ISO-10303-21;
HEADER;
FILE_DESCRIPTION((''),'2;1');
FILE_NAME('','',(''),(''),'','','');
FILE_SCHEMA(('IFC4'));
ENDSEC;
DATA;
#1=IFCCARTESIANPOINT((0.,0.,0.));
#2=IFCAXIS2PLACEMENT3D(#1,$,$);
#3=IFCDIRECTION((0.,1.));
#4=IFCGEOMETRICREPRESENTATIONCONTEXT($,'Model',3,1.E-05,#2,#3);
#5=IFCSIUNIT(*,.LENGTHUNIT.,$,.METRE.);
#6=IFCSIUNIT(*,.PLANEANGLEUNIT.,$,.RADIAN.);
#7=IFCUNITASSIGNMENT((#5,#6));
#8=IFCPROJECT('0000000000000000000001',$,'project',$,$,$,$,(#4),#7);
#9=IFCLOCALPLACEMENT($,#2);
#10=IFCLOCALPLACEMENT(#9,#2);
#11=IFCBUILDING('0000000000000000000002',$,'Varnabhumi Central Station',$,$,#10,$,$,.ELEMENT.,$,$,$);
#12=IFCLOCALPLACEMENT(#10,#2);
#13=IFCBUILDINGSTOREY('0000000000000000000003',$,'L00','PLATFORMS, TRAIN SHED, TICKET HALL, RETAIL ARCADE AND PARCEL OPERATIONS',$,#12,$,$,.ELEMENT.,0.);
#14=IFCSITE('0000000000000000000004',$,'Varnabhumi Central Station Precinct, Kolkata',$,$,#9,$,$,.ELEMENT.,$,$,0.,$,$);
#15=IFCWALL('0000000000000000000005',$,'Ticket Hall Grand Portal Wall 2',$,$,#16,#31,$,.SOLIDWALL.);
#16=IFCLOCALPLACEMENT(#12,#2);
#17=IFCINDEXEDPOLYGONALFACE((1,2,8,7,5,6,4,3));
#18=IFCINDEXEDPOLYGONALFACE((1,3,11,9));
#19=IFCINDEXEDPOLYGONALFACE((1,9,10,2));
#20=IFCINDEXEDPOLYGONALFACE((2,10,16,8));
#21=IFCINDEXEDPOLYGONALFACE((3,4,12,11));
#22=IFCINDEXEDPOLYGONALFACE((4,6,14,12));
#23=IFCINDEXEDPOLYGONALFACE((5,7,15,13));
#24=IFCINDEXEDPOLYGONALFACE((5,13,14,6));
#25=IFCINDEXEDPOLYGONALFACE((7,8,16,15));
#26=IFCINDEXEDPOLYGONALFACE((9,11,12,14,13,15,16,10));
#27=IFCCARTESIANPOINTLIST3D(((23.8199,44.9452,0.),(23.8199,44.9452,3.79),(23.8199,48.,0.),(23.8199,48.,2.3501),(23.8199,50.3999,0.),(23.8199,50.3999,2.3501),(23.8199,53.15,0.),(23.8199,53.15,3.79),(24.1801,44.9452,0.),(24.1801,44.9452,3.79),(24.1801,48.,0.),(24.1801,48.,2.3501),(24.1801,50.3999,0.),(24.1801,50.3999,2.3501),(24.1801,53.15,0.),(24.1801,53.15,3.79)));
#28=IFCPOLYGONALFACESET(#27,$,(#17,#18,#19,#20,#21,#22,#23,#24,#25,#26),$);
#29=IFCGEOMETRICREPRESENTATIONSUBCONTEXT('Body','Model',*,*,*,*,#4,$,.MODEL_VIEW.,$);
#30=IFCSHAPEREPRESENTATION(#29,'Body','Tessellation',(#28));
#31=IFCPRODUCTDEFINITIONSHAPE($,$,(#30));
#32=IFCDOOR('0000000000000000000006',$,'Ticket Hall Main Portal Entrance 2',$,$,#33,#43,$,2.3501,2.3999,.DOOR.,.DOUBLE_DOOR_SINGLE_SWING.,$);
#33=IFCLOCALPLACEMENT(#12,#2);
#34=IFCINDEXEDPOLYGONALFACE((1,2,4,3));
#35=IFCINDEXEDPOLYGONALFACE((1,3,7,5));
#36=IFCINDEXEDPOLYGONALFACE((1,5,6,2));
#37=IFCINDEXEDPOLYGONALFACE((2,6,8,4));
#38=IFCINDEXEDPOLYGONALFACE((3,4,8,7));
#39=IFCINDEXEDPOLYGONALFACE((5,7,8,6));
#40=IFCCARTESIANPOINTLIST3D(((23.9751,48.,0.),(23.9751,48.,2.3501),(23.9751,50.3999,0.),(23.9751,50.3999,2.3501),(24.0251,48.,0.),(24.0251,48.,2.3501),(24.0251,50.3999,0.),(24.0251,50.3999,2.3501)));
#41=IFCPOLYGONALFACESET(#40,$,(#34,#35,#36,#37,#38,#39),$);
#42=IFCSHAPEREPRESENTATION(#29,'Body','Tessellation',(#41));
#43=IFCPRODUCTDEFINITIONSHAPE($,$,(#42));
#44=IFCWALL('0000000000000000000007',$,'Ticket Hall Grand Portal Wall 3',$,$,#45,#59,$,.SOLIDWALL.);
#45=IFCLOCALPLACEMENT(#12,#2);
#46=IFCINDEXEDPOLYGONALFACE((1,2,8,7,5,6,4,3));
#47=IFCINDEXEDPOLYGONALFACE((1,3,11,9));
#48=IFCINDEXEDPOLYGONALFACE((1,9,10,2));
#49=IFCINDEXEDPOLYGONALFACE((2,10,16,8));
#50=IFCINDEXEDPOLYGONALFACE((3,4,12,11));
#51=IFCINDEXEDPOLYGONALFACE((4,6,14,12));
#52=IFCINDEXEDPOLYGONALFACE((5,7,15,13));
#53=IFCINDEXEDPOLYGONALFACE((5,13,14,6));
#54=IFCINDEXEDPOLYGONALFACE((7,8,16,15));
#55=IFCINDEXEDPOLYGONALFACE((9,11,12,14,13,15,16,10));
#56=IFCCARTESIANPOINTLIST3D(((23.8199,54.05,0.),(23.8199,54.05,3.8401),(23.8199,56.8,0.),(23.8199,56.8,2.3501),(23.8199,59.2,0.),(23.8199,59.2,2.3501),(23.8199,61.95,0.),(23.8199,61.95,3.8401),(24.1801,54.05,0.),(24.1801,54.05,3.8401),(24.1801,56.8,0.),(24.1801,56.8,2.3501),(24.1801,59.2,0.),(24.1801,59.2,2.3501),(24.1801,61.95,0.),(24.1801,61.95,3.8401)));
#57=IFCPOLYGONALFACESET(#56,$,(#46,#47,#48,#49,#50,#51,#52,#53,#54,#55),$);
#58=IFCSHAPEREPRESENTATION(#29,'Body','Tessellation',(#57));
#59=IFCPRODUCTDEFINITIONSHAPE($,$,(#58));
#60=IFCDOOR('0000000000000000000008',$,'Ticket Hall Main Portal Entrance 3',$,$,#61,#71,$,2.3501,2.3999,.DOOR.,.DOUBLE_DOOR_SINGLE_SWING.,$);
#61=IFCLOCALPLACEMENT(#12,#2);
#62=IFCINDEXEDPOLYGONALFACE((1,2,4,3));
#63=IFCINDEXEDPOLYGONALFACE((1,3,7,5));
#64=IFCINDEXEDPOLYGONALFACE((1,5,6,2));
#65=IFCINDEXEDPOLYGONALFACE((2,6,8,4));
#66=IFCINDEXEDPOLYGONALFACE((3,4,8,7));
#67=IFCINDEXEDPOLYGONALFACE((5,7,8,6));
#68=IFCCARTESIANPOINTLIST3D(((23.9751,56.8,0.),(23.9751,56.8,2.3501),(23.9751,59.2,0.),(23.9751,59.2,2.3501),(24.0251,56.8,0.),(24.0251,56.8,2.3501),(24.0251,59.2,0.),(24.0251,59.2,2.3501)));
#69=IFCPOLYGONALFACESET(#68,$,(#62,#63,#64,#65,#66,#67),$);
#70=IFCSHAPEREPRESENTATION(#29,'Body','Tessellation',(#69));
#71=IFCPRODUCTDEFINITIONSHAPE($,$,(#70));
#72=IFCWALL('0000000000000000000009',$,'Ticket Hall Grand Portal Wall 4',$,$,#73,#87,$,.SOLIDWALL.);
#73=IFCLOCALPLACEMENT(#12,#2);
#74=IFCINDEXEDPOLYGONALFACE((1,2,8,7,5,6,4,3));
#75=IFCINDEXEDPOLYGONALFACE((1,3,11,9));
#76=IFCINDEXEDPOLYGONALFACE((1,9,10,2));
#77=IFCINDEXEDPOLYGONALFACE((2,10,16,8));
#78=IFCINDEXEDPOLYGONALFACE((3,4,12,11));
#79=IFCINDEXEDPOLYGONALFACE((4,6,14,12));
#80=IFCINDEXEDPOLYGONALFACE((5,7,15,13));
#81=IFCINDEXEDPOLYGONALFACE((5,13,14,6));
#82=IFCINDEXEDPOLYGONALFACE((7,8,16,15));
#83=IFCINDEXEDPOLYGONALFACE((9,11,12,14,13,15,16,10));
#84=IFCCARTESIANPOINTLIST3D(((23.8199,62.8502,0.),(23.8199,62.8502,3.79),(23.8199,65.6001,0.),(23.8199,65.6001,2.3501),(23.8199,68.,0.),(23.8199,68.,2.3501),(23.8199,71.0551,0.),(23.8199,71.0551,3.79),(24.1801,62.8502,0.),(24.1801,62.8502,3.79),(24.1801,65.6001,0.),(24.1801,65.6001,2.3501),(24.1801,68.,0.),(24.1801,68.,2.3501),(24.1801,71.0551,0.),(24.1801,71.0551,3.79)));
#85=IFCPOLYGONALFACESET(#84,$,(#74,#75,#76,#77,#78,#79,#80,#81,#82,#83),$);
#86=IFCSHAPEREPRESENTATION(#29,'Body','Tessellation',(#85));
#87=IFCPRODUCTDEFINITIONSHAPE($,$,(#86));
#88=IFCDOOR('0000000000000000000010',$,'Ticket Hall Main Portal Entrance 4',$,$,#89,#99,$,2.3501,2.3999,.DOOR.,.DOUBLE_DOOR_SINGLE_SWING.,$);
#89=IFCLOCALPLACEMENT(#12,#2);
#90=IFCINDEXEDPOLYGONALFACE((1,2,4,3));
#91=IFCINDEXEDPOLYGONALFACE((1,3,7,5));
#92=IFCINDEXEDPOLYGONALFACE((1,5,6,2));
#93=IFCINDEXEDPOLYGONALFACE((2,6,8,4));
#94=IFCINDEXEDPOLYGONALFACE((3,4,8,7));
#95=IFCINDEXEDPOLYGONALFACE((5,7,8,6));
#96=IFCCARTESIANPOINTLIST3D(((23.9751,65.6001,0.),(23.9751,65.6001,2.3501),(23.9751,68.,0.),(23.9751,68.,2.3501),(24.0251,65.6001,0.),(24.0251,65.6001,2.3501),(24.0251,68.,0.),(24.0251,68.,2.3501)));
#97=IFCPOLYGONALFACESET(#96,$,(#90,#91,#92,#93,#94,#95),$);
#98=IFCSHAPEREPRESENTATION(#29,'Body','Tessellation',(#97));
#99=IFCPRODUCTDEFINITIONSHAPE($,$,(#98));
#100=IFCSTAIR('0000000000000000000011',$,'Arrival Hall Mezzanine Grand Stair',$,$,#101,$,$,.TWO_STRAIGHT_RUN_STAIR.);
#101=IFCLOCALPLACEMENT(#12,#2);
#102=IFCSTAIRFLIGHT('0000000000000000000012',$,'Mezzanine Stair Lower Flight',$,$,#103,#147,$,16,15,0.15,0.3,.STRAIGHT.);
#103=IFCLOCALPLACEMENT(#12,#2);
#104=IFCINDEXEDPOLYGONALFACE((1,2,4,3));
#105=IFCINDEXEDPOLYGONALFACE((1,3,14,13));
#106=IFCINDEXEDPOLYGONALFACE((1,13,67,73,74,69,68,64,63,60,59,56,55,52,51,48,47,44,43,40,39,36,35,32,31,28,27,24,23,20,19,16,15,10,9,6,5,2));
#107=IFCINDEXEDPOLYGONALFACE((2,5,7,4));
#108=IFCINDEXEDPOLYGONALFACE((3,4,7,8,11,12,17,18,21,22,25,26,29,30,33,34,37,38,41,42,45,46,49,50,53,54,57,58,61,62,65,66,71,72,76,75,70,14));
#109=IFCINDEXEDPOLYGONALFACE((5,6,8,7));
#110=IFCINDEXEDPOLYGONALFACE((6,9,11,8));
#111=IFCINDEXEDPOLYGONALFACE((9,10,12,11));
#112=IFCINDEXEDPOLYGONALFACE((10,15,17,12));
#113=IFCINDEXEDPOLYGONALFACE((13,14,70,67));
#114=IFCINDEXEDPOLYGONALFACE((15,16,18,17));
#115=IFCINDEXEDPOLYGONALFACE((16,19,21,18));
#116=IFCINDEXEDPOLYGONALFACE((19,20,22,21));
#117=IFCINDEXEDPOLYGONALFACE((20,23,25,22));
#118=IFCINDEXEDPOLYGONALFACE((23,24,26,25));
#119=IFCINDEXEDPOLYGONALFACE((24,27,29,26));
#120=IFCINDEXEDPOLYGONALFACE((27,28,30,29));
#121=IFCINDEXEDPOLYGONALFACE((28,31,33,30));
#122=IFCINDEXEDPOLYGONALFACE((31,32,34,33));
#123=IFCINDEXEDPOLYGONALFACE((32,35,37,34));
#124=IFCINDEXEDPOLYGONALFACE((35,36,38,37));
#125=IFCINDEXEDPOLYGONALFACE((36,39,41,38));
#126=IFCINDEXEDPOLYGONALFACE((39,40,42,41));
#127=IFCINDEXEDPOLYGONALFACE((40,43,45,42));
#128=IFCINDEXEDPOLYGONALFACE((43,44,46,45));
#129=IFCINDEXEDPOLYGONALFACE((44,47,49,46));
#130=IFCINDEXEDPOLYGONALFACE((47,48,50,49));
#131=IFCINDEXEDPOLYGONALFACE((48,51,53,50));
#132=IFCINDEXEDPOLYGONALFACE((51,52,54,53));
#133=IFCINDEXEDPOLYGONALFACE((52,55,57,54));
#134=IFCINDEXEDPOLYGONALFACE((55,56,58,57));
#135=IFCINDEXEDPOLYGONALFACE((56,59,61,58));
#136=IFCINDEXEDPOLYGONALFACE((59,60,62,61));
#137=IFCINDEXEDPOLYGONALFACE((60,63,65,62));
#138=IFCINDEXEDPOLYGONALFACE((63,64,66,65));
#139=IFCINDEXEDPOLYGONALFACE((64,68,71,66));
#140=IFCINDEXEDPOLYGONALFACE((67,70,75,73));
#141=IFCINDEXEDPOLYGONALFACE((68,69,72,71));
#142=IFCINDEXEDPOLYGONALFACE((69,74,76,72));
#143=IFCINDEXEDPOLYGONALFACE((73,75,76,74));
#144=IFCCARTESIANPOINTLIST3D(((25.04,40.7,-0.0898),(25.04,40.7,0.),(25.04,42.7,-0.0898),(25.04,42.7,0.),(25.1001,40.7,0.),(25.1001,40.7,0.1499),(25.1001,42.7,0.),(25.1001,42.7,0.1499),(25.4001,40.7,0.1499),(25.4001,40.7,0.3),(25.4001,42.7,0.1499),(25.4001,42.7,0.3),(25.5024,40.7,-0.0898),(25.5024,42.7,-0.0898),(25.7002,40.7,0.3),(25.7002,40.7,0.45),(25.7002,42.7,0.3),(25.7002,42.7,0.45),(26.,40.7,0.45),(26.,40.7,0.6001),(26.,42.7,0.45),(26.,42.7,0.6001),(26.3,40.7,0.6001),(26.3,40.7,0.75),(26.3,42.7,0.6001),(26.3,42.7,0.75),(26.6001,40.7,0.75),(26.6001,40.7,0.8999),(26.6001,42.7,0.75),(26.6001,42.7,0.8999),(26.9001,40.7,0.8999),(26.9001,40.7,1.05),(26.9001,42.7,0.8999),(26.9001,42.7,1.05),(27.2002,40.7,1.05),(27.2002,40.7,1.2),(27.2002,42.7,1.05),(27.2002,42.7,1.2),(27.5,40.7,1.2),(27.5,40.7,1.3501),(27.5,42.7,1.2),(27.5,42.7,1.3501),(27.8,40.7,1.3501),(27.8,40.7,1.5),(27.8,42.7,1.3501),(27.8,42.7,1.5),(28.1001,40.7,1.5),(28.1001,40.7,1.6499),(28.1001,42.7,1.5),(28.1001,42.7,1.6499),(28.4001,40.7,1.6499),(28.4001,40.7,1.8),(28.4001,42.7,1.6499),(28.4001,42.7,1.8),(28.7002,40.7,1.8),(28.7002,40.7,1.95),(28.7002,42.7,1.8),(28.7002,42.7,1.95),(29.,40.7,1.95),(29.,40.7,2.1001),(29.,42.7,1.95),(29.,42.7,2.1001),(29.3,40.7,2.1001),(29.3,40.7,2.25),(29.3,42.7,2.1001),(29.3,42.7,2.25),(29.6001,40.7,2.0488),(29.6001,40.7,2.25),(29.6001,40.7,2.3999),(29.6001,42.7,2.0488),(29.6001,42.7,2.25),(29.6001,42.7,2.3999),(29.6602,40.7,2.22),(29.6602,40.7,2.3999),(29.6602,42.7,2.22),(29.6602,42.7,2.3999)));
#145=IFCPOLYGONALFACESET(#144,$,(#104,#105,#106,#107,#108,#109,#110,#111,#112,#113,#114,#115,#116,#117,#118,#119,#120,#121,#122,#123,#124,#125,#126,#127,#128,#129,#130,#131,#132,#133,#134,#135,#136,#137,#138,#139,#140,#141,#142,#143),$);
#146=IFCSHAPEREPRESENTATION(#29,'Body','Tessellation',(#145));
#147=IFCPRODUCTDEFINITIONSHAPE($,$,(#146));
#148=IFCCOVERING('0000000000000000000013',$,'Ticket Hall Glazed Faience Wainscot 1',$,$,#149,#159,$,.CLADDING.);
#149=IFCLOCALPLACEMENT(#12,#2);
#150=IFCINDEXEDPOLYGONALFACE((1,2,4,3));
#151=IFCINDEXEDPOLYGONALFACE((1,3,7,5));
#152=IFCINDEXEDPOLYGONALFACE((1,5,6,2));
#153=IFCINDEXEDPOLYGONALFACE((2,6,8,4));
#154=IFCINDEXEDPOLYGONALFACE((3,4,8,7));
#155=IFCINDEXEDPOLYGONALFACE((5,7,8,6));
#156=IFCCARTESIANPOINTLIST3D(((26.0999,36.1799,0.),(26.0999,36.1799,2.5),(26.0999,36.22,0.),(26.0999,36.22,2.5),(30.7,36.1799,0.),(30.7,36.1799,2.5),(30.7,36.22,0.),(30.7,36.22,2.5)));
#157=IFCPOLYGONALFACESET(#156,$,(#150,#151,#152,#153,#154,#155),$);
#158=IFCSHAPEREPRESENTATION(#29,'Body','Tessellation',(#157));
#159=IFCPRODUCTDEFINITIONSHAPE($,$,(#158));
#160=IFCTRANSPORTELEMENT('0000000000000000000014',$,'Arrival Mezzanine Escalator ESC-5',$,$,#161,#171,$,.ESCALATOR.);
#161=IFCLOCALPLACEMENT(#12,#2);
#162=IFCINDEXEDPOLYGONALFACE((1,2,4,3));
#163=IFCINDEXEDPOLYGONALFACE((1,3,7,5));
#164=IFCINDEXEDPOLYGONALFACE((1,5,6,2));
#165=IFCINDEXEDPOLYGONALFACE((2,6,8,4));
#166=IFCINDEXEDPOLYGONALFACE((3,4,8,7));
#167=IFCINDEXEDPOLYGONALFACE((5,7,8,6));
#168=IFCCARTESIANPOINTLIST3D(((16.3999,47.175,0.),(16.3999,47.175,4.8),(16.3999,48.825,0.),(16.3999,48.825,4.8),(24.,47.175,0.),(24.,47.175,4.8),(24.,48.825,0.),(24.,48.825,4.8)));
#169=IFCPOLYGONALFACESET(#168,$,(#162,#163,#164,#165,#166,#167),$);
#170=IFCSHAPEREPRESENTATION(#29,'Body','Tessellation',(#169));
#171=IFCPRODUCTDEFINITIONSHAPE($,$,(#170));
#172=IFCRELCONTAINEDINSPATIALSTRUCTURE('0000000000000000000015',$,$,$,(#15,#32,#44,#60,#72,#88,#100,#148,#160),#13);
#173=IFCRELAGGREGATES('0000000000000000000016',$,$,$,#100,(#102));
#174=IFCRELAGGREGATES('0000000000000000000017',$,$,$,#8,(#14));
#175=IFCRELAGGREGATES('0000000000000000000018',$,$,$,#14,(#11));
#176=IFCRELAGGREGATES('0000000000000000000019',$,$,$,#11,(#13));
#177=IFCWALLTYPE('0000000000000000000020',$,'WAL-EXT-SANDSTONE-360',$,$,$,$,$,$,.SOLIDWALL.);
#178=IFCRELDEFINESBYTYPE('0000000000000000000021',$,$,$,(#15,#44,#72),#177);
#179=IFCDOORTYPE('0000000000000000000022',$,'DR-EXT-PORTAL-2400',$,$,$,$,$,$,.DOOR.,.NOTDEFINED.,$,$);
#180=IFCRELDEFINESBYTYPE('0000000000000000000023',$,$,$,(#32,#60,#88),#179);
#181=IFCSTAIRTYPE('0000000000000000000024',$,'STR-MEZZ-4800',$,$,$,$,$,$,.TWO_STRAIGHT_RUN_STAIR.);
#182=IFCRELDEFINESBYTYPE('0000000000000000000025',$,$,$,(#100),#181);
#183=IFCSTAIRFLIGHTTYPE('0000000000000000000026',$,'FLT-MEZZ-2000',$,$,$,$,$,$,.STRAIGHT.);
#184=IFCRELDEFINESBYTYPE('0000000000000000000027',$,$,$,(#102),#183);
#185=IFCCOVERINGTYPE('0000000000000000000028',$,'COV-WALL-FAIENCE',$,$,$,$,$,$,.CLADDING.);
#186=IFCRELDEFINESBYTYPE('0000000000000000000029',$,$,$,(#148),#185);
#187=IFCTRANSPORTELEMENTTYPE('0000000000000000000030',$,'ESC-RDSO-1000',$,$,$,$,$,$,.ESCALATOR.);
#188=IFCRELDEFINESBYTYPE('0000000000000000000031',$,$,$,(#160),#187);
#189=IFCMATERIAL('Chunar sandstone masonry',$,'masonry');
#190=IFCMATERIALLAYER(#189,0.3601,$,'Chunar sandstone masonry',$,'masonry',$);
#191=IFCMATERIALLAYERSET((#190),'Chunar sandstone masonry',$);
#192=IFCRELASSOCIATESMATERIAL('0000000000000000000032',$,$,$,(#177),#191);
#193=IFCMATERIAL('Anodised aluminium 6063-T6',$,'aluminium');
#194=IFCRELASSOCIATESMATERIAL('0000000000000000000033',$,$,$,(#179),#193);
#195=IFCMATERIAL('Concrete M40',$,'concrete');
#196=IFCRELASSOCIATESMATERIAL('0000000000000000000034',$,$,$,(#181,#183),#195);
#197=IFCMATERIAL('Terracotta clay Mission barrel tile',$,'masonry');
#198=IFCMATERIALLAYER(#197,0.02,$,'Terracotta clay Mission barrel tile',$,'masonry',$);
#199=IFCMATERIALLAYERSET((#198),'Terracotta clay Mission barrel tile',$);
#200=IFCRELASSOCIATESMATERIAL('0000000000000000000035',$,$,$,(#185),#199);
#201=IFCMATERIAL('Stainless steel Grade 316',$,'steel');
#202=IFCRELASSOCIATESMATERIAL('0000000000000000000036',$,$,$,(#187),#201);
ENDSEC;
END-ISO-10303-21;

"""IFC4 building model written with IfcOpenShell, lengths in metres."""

from ifc_helpers import new_model, si_unit, direction, frame, frame_2d, origin, origin_2d, place, context, subcontext, project, spatial, polyline, rectangle, outline, extrude, material, layer, layer_set, type_object, element, fill, aggregate, save


model = new_model("IFC4")

# Units and contexts
model_context = context("Model", 3, precision=1e-05, world=origin(), true_north=direction((0.0, 1.0)))
body_context = subcontext(model_context, "Body", "Model", "MODEL_VIEW")
ifc_project = project(units=[si_unit("LENGTHUNIT", "METRE"), si_unit("PLANEANGLEUNIT", "RADIAN")], contexts=[model_context])

# Site, building, storey
site_placement = place(None, origin())
site = spatial("IfcSite", under=ifc_project, at=site_placement, Name="Varnabhumi Central Station Precinct, Kolkata", CompositionType="ELEMENT", RefElevation=0.0)
building_placement = place(site_placement, origin())
building = spatial("IfcBuilding", under=site, at=building_placement, Name="Varnabhumi Central Station", CompositionType="ELEMENT")
storey_placement = place(building_placement, origin())
storey = spatial("IfcBuildingStorey", under=building, at=storey_placement, Name="L00", Description="PLATFORMS, TRAIN SHED, TICKET HALL, RETAIL ARCADE AND PARCEL OPERATIONS", CompositionType="ELEMENT", Elevation=0.0)

# Shared definitions
ifc_material_1 = material(Name="Concrete M40", Category="concrete")

# Walls, openings, doors
ifc_material_2 = material(Name="Chunar sandstone masonry", Category="masonry")
ifc_layer_1 = layer(ifc_material_2, 0.3601, Name="Chunar sandstone masonry", Category="masonry")
ifc_layer_set_1 = layer_set([ifc_layer_1], Name="Chunar sandstone masonry")
wall_type = type_object("IfcWallType", Name="WAL-EXT-SANDSTONE-360", PredefinedType="SOLIDWALL", material=ifc_layer_set_1)
ifc_material_3 = material(Name="Anodised aluminium 6063-T6", Category="aluminium")
door_type = type_object("IfcDoorType", Name="DR-EXT-PORTAL-2400", OperationType="NOTDEFINED", PredefinedType="DOOR", material=ifc_material_3)
wall_1_placement = place(storey_placement, frame((24.0, 44.9451, 0.0), z_axis=(0.0, 0.0, 1.0), x_axis=(0.0, 1.0, 0.0)))
wall_1 = element("IfcWall", 1, at=wall_1_placement, inside=storey, type_object=wall_type, Name="Ticket Hall Grand Portal Wall 2", PredefinedType="SOLIDWALL", context=body_context, shape_type="SweptSolid", body=[
    extrude(rectangle(XDim=8.2048, YDim=0.3601, at=frame_2d((4.1025, 0.0))), origin(), (0.0, 0.0, 1.0), 3.79),
])
opening_1_placement = place(wall_1_placement, frame((3.0549, 0.0, 0.0)))
opening_1 = element("IfcOpeningElement", 2, at=opening_1_placement, cuts=wall_1, PredefinedType="OPENING", context=body_context, shape_type="SweptSolid", body=[
    extrude(rectangle(XDim=2.3999, YDim=2.3501, at=frame_2d((1.2, 1.175))), frame((0.0, 0.1899, 0.0), z_axis=(0.0, -1.0, 0.0), x_axis=(1.0, 0.0, 0.0)), (0.0, 0.0, 1.0), 0.3801),
])
door_1_placement = place(opening_1_placement, origin())
door_1 = element("IfcDoor", 3, at=door_1_placement, inside=storey, type_object=door_type, Name="Ticket Hall Main Portal Entrance 2", OperationType="DOUBLE_DOOR_SINGLE_SWING", OverallHeight=2.3501, OverallWidth=2.3999, PredefinedType="DOOR", context=body_context, shape_type="SweptSolid", body=[
    extrude(rectangle(XDim=2.3999, YDim=2.3501, at=frame_2d((1.2, 1.175))), frame((0.0, 0.0249, 0.0), z_axis=(0.0, -1.0, 0.0), x_axis=(1.0, 0.0, 0.0)), (0.0, 0.0, 1.0), 0.05),
])
fill(opening_1, door_1)
wall_2_placement = place(storey_placement, frame((24.0, 54.05, 0.0), z_axis=(0.0, 0.0, 1.0), x_axis=(0.0, 1.0, 0.0)))
wall_2 = element("IfcWall", 4, at=wall_2_placement, inside=storey, type_object=wall_type, Name="Ticket Hall Grand Portal Wall 3", PredefinedType="SOLIDWALL", context=body_context, shape_type="SweptSolid", body=[
    extrude(rectangle(XDim=7.8999, YDim=0.3601, at=frame_2d((3.95, 0.0))), origin(), (0.0, 0.0, 1.0), 3.8401),
])
opening_2_placement = place(wall_2_placement, frame((2.75, 0.0, 0.0)))
opening_2 = element("IfcOpeningElement", 5, at=opening_2_placement, cuts=wall_2, PredefinedType="OPENING", context=body_context, shape_type="SweptSolid", body=[
    extrude(rectangle(XDim=2.3999, YDim=2.3501, at=frame_2d((1.2, 1.175))), frame((0.0, 0.1899, 0.0), z_axis=(0.0, -1.0, 0.0), x_axis=(1.0, 0.0, 0.0)), (0.0, 0.0, 1.0), 0.3801),
])
door_2_placement = place(opening_2_placement, origin())
door_2 = element("IfcDoor", 6, at=door_2_placement, inside=storey, type_object=door_type, Name="Ticket Hall Main Portal Entrance 3", OperationType="DOUBLE_DOOR_SINGLE_SWING", OverallHeight=2.3501, OverallWidth=2.3999, PredefinedType="DOOR", context=body_context, shape_type="SweptSolid", body=[
    extrude(rectangle(XDim=2.3999, YDim=2.3501, at=frame_2d((1.2, 1.175))), frame((0.0, 0.0249, 0.0), z_axis=(0.0, -1.0, 0.0), x_axis=(1.0, 0.0, 0.0)), (0.0, 0.0, 1.0), 0.05),
])
fill(opening_2, door_2)
wall_3_placement = place(storey_placement, frame((24.0, 62.8501, 0.0), z_axis=(0.0, 0.0, 1.0), x_axis=(0.0, 1.0, 0.0)))
wall_3 = element("IfcWall", 7, at=wall_3_placement, inside=storey, type_object=wall_type, Name="Ticket Hall Grand Portal Wall 4", PredefinedType="SOLIDWALL", context=body_context, shape_type="SweptSolid", body=[
    extrude(rectangle(XDim=8.2048, YDim=0.3601, at=frame_2d((4.1025, 0.0))), origin(), (0.0, 0.0, 1.0), 3.79),
])
opening_3_placement = place(wall_3_placement, frame((2.75, 0.0, 0.0)))
opening_3 = element("IfcOpeningElement", 8, at=opening_3_placement, cuts=wall_3, PredefinedType="OPENING", context=body_context, shape_type="SweptSolid", body=[
    extrude(rectangle(XDim=2.3999, YDim=2.3501, at=frame_2d((1.2, 1.175))), frame((0.0, 0.1899, 0.0), z_axis=(0.0, -1.0, 0.0), x_axis=(1.0, 0.0, 0.0)), (0.0, 0.0, 1.0), 0.3801),
])
door_3_placement = place(opening_3_placement, origin())
door_3 = element("IfcDoor", 9, at=door_3_placement, inside=storey, type_object=door_type, Name="Ticket Hall Main Portal Entrance 4", OperationType="DOUBLE_DOOR_SINGLE_SWING", OverallHeight=2.3501, OverallWidth=2.3999, PredefinedType="DOOR", context=body_context, shape_type="SweptSolid", body=[
    extrude(rectangle(XDim=2.3999, YDim=2.3501, at=frame_2d((1.2, 1.175))), frame((0.0, 0.0249, 0.0), z_axis=(0.0, -1.0, 0.0), x_axis=(1.0, 0.0, 0.0)), (0.0, 0.0, 1.0), 0.05),
])
fill(opening_3, door_3)

# Stair, stair flight
stair_type = type_object("IfcStairType", Name="STR-MEZZ-4800", PredefinedType="TWO_STRAIGHT_RUN_STAIR", material=ifc_material_1)
stair_placement = place(storey_placement, origin())
stair = element("IfcStair", 10, at=stair_placement, inside=storey, type_object=stair_type, Name="Arrival Hall Mezzanine Grand Stair", PredefinedType="TWO_STRAIGHT_RUN_STAIR")
stair_flight_type = type_object("IfcStairFlightType", Name="FLT-MEZZ-2000", PredefinedType="STRAIGHT", material=ifc_material_1)
stair_flight_placement = place(storey_placement, frame((25.1001, 41.7, 0.0), z_axis=(0.0, 0.0, 1.0), x_axis=(1.0, 0.0, 0.0)))
stair_flight = element("IfcStairFlight", 11, at=stair_flight_placement, type_object=stair_flight_type, Name="Mezzanine Stair Lower Flight", NumberOfRisers=16, NumberOfTreads=15, PredefinedType="STRAIGHT", RiserHeight=0.15, TreadLength=0.3, context=body_context, shape_type="SweptSolid", body=[
    extrude(outline(polyline([(-0.0601, -0.0898), (-0.0601, 0.0), (0.0, 0.0), (0.0, 0.1499), (0.3, 0.1499), (0.3, 0.3), (0.6001, 0.3), (0.6001, 0.45), (0.8999, 0.45), (0.8999, 0.6001), (1.2, 0.6001), (1.2, 0.75), (1.5, 0.75), (1.5, 0.8999), (1.8, 0.8999), (1.8, 1.05), (2.1001, 1.05), (2.1001, 1.2), (2.3999, 1.2), (2.3999, 1.3501), (2.7, 1.3501), (2.7, 1.5), (3.0, 1.5), (3.0, 1.6499), (3.3, 1.6499), (3.3, 1.8), (3.6001, 1.8), (3.6001, 1.95), (3.8999, 1.95), (3.8999, 2.1001), (4.2, 2.1001), (4.2, 2.25), (4.5, 2.25), (4.5, 2.3999), (4.5601, 2.3999), (4.5601, 2.22), (4.5, 2.0488), (0.4023, -0.0898), (-0.0601, -0.0898)])), frame((0.0, 1.0, 0.0), z_axis=(0.0, -1.0, 0.0), x_axis=(1.0, 0.0, 0.0)), (0.0, 0.0, 1.0), 2.0),
])
aggregate(stair, [stair_flight])

# Covering
ifc_material_4 = material(Name="Terracotta clay Mission barrel tile", Category="masonry")
ifc_layer_2 = layer(ifc_material_4, 0.02, Name="Terracotta clay Mission barrel tile", Category="masonry")
ifc_layer_set_2 = layer_set([ifc_layer_2], Name="Terracotta clay Mission barrel tile")
covering_type = type_object("IfcCoveringType", Name="COV-WALL-FAIENCE", PredefinedType="CLADDING", material=ifc_layer_set_2)
covering_placement = place(storey_placement, frame((28.3999, 36.2, 0.0), z_axis=(0.0, 0.0, 1.0), x_axis=(1.0, 0.0, 0.0)))
element("IfcCovering", 12, at=covering_placement, inside=storey, type_object=covering_type, Name="Ticket Hall Glazed Faience Wainscot 1", PredefinedType="CLADDING", context=body_context, shape_type="SweptSolid", body=[
    extrude(rectangle(XDim=4.6001, YDim=0.04, at=origin_2d()), origin(), (0.0, 0.0, 1.0), 2.5),
])

# Shared definitions
ifc_material_5 = material(Name="Stainless steel Grade 316", Category="steel")

# Transport element
transport_element_type = type_object("IfcTransportElementType", Name="ESC-RDSO-1000", PredefinedType="ESCALATOR", material=ifc_material_5)
for number, where, z_axis, x_axis, name in (
    (13, (20.2, 48.0, 0.0), (0.0, 0.0, 1.0), (1.0, 0.0, 0.0), "Arrival Mezzanine Escalator ESC-5"),
):
    element("IfcTransportElement", number, at=place(storey_placement, frame(where, z_axis=z_axis, x_axis=x_axis)), inside=storey, type_object=transport_element_type, Name=name, PredefinedType="ESCALATOR", context=body_context, shape_type="SweptSolid", body=[
        extrude(rectangle(XDim=7.6001, YDim=1.6499, at=origin_2d()), origin(), (0.0, 0.0, 1.0), 4.8),
    ])

save(model, "model.ifc")
